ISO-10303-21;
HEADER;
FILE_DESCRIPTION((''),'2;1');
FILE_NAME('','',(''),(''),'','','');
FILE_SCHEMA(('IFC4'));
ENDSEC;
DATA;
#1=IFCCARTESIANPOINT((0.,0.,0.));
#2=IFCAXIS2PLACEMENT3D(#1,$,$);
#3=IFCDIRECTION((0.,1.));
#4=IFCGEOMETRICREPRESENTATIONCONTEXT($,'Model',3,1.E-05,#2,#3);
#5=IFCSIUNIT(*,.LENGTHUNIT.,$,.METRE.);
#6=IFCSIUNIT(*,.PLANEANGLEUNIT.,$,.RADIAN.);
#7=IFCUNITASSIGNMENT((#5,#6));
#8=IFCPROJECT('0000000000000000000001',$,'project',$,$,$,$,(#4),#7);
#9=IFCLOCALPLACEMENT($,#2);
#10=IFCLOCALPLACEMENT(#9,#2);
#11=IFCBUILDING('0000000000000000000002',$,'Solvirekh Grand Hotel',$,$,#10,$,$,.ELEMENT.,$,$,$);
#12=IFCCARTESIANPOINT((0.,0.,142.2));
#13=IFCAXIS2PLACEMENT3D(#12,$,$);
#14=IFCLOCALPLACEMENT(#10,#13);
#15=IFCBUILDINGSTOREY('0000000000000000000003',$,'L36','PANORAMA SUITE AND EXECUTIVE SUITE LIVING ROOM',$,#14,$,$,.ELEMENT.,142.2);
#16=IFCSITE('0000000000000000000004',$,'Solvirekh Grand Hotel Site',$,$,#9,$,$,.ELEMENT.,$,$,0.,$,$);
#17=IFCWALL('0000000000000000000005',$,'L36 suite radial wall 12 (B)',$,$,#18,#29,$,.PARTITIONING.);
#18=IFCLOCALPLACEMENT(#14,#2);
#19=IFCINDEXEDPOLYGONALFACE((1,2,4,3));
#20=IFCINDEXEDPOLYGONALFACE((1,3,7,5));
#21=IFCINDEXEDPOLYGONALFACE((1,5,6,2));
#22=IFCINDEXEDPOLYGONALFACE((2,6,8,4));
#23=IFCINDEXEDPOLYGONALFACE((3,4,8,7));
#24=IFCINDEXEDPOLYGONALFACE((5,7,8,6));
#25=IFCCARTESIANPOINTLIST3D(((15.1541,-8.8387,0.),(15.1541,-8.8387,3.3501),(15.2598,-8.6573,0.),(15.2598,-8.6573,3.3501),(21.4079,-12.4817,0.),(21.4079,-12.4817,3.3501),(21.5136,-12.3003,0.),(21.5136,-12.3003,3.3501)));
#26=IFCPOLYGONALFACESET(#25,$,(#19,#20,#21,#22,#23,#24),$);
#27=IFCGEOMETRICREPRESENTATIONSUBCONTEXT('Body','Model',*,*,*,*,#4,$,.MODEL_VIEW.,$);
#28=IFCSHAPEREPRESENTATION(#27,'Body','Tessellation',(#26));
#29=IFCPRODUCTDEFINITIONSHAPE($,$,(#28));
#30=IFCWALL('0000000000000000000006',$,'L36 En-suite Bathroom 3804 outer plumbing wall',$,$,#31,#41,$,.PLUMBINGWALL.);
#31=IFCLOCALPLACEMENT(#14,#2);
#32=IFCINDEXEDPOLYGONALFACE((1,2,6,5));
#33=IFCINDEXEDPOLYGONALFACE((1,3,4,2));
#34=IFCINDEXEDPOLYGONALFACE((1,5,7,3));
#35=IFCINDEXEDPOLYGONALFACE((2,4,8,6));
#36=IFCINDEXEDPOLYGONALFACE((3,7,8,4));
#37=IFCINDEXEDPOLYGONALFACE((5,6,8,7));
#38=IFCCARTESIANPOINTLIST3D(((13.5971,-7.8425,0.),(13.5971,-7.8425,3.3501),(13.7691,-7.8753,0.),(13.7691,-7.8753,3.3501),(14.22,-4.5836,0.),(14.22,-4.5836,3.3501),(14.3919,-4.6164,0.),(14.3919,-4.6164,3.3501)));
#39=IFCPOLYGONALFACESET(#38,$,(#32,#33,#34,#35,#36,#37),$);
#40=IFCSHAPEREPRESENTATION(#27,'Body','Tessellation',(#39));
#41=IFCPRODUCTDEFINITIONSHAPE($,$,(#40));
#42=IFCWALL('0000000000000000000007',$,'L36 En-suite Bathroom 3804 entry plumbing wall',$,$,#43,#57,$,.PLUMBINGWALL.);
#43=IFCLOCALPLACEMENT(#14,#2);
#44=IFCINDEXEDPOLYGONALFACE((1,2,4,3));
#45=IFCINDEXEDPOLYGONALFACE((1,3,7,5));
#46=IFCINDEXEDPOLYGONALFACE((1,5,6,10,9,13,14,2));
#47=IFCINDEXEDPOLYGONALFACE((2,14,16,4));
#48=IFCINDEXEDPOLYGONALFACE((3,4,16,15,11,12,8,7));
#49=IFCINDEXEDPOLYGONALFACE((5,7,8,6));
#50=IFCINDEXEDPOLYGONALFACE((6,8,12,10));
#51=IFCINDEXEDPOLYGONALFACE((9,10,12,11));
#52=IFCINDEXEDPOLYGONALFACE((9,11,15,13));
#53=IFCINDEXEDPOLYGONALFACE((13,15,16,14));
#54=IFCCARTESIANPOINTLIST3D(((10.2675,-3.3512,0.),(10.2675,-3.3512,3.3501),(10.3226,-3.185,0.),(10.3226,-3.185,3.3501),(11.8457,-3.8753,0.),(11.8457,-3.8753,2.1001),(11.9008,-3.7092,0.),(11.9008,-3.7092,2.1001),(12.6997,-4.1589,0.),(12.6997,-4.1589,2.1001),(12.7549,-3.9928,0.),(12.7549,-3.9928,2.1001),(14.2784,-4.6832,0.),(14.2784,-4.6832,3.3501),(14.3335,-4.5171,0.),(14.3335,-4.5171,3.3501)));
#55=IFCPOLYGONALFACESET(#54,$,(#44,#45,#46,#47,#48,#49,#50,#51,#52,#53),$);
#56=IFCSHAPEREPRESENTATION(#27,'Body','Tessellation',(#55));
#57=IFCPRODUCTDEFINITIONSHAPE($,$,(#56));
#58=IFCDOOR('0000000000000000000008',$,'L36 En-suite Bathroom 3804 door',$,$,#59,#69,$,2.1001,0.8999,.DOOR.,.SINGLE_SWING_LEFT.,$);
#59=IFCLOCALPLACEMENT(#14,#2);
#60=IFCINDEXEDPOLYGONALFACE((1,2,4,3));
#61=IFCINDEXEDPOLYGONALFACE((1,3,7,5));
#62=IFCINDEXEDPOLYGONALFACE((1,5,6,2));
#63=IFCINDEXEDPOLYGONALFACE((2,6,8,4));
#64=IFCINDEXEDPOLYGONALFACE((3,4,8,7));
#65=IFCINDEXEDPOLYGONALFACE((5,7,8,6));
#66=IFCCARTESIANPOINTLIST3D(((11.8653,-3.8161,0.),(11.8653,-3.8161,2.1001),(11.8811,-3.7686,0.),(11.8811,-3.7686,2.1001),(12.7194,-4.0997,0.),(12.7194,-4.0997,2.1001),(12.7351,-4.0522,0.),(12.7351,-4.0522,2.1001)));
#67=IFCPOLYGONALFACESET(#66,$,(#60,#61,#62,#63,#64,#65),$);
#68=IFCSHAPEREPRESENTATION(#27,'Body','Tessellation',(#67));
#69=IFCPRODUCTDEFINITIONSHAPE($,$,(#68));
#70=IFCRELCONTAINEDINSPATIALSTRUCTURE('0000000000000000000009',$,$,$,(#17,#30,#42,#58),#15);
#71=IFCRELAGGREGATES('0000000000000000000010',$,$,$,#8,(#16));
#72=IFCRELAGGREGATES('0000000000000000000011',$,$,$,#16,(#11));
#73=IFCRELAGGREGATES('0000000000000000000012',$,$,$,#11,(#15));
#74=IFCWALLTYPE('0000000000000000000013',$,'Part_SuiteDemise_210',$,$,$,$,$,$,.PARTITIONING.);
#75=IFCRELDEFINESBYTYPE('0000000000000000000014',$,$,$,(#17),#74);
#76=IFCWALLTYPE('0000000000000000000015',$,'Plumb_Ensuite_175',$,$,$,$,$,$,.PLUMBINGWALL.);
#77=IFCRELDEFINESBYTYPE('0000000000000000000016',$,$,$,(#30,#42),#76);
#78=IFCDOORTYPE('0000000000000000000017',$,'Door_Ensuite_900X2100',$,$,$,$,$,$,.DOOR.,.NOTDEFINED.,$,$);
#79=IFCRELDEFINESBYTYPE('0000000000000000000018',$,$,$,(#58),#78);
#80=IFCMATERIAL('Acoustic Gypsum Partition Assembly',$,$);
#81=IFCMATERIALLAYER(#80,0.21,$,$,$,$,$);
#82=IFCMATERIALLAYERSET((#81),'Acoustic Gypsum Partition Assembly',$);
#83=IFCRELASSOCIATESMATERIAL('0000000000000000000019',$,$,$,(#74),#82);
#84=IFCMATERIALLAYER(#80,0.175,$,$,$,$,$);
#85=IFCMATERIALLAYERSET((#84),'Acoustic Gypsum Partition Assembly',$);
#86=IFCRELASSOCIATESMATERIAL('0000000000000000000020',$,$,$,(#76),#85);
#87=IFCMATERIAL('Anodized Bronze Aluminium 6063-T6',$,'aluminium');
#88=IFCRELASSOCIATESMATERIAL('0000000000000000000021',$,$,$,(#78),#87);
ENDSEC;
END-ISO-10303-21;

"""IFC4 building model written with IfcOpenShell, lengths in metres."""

from ifc_helpers import new_model, si_unit, direction, frame, frame_2d, origin, place, context, subcontext, project, spatial, rectangle, extrude, material, layer, layer_set, type_object, element, fill, save


model = new_model("IFC4")

# Units and contexts
model_context = context("Model", 3, precision=1e-05, world=origin(), true_north=direction((0.0, 1.0)))
body_context = subcontext(model_context, "Body", "Model", "MODEL_VIEW")
ifc_project = project(units=[si_unit("LENGTHUNIT", "METRE"), si_unit("PLANEANGLEUNIT", "RADIAN")], contexts=[model_context])

# Site, building, storey
site_placement = place(None, origin())
site = spatial("IfcSite", under=ifc_project, at=site_placement, Name="Solvirekh Grand Hotel Site", CompositionType="ELEMENT", RefElevation=0.0)
building_placement = place(site_placement, origin())
building = spatial("IfcBuilding", under=site, at=building_placement, Name="Solvirekh Grand Hotel", CompositionType="ELEMENT")
storey_placement = place(building_placement, frame((0.0, 0.0, 142.2)))
storey = spatial("IfcBuildingStorey", under=building, at=storey_placement, Name="L36", Description="PANORAMA SUITE AND EXECUTIVE SUITE LIVING ROOM", CompositionType="ELEMENT", Elevation=142.2)

# Shared definitions
ifc_material_1 = material(Name="Anodized Bronze Aluminium 6063-T6", Category="aluminium")

# Shared definitions
ifc_material_2 = material(Name="Acoustic Gypsum Partition Assembly")

# Walls
ifc_layer_1 = layer(ifc_material_2, 0.21)
ifc_layer_set_1 = layer_set([ifc_layer_1], Name="Acoustic Gypsum Partition Assembly")
wall_type_1 = type_object("IfcWallType", Name="Part_SuiteDemise_210", PredefinedType="PARTITIONING", material=ifc_layer_set_1)
wall_1_placement = place(storey_placement, frame((15.207, -8.748, 0.0), z_axis=(0.0, 0.0, 1.0), x_axis=(0.864082, -0.503351, 0.0)))
element("IfcWall", 1, at=wall_1_placement, inside=storey, type_object=wall_type_1, Name="L36 suite radial wall 12 (B)", PredefinedType="PARTITIONING", context=body_context, shape_type="SweptSolid", body=[
    extrude(rectangle(XDim=7.2375, YDim=0.21, at=frame_2d((3.6187, 0.0))), origin(), (0.0, 0.0, 1.0), 3.3501),
])
ifc_layer_2 = layer(ifc_material_2, 0.175)
ifc_layer_set_2 = layer_set([ifc_layer_2], Name="Acoustic Gypsum Partition Assembly")
wall_type_2 = type_object("IfcWallType", Name="Plumb_Ensuite_175", PredefinedType="PLUMBINGWALL", material=ifc_layer_set_2)
wall_2_placement = place(storey_placement, frame((13.6831, -7.8589, 0.0), z_axis=(0.0, 0.0, 1.0), x_axis=(0.187717, 0.982223, 0.0)))
element("IfcWall", 2, at=wall_2_placement, inside=storey, type_object=wall_type_2, Name="L36 En-suite Bathroom 3804 outer plumbing wall", PredefinedType="PLUMBINGWALL", context=body_context, shape_type="SweptSolid", body=[
    extrude(rectangle(XDim=3.3179, YDim=0.175, at=frame_2d((1.6589, 0.0))), origin(), (0.0, 0.0, 1.0), 3.3501),
])

# Wall, opening, door
wall_3_placement = place(storey_placement, frame((10.2949, -3.2681, 0.0), z_axis=(0.0, 0.0, 1.0), x_axis=(0.949035, -0.31517, 0.0)))
wall_3 = element("IfcWall", 3, at=wall_3_placement, inside=storey, type_object=wall_type_2, Name="L36 En-suite Bathroom 3804 entry plumbing wall", PredefinedType="PLUMBINGWALL", context=body_context, shape_type="SweptSolid", body=[
    extrude(rectangle(XDim=4.2263, YDim=0.175, at=frame_2d((2.1133, 0.0))), origin(), (0.0, 0.0, 1.0), 3.3501),
])
opening_1_placement = place(wall_3_placement, frame((1.6631, 0.0, 0.0)))
opening_1 = element("IfcOpeningElement", 4, at=opening_1_placement, cuts=wall_3, PredefinedType="OPENING", context=body_context, shape_type="SweptSolid", body=[
    extrude(rectangle(XDim=0.8999, YDim=2.1001, at=frame_2d((0.45, 1.05))), frame((0.0, 0.0977, 0.0), z_axis=(0.0, -1.0, 0.0), x_axis=(1.0, 0.0, 0.0)), (0.0, 0.0, 1.0), 0.1951),
])
door_type_1 = type_object("IfcDoorType", Name="Door_Ensuite_900X2100", OperationType="NOTDEFINED", PredefinedType="DOOR", material=ifc_material_1)
door_1_placement = place(opening_1_placement, origin())
door_1 = element("IfcDoor", 5, at=door_1_placement, inside=storey, type_object=door_type_1, Name="L36 En-suite Bathroom 3804 door", OperationType="SINGLE_SWING_LEFT", OverallHeight=2.1001, OverallWidth=0.8999, PredefinedType="DOOR", context=body_context, shape_type="SweptSolid", body=[
    extrude(rectangle(XDim=0.8999, YDim=2.1001, at=frame_2d((0.45, 1.05))), frame((0.0, 0.0249, 0.0), z_axis=(0.0, -1.0, 0.0), x_axis=(1.0, 0.0, 0.0)), (0.0, 0.0, 1.0), 0.05),
])
fill(opening_1, door_1)

save(model, "model.ifc")
